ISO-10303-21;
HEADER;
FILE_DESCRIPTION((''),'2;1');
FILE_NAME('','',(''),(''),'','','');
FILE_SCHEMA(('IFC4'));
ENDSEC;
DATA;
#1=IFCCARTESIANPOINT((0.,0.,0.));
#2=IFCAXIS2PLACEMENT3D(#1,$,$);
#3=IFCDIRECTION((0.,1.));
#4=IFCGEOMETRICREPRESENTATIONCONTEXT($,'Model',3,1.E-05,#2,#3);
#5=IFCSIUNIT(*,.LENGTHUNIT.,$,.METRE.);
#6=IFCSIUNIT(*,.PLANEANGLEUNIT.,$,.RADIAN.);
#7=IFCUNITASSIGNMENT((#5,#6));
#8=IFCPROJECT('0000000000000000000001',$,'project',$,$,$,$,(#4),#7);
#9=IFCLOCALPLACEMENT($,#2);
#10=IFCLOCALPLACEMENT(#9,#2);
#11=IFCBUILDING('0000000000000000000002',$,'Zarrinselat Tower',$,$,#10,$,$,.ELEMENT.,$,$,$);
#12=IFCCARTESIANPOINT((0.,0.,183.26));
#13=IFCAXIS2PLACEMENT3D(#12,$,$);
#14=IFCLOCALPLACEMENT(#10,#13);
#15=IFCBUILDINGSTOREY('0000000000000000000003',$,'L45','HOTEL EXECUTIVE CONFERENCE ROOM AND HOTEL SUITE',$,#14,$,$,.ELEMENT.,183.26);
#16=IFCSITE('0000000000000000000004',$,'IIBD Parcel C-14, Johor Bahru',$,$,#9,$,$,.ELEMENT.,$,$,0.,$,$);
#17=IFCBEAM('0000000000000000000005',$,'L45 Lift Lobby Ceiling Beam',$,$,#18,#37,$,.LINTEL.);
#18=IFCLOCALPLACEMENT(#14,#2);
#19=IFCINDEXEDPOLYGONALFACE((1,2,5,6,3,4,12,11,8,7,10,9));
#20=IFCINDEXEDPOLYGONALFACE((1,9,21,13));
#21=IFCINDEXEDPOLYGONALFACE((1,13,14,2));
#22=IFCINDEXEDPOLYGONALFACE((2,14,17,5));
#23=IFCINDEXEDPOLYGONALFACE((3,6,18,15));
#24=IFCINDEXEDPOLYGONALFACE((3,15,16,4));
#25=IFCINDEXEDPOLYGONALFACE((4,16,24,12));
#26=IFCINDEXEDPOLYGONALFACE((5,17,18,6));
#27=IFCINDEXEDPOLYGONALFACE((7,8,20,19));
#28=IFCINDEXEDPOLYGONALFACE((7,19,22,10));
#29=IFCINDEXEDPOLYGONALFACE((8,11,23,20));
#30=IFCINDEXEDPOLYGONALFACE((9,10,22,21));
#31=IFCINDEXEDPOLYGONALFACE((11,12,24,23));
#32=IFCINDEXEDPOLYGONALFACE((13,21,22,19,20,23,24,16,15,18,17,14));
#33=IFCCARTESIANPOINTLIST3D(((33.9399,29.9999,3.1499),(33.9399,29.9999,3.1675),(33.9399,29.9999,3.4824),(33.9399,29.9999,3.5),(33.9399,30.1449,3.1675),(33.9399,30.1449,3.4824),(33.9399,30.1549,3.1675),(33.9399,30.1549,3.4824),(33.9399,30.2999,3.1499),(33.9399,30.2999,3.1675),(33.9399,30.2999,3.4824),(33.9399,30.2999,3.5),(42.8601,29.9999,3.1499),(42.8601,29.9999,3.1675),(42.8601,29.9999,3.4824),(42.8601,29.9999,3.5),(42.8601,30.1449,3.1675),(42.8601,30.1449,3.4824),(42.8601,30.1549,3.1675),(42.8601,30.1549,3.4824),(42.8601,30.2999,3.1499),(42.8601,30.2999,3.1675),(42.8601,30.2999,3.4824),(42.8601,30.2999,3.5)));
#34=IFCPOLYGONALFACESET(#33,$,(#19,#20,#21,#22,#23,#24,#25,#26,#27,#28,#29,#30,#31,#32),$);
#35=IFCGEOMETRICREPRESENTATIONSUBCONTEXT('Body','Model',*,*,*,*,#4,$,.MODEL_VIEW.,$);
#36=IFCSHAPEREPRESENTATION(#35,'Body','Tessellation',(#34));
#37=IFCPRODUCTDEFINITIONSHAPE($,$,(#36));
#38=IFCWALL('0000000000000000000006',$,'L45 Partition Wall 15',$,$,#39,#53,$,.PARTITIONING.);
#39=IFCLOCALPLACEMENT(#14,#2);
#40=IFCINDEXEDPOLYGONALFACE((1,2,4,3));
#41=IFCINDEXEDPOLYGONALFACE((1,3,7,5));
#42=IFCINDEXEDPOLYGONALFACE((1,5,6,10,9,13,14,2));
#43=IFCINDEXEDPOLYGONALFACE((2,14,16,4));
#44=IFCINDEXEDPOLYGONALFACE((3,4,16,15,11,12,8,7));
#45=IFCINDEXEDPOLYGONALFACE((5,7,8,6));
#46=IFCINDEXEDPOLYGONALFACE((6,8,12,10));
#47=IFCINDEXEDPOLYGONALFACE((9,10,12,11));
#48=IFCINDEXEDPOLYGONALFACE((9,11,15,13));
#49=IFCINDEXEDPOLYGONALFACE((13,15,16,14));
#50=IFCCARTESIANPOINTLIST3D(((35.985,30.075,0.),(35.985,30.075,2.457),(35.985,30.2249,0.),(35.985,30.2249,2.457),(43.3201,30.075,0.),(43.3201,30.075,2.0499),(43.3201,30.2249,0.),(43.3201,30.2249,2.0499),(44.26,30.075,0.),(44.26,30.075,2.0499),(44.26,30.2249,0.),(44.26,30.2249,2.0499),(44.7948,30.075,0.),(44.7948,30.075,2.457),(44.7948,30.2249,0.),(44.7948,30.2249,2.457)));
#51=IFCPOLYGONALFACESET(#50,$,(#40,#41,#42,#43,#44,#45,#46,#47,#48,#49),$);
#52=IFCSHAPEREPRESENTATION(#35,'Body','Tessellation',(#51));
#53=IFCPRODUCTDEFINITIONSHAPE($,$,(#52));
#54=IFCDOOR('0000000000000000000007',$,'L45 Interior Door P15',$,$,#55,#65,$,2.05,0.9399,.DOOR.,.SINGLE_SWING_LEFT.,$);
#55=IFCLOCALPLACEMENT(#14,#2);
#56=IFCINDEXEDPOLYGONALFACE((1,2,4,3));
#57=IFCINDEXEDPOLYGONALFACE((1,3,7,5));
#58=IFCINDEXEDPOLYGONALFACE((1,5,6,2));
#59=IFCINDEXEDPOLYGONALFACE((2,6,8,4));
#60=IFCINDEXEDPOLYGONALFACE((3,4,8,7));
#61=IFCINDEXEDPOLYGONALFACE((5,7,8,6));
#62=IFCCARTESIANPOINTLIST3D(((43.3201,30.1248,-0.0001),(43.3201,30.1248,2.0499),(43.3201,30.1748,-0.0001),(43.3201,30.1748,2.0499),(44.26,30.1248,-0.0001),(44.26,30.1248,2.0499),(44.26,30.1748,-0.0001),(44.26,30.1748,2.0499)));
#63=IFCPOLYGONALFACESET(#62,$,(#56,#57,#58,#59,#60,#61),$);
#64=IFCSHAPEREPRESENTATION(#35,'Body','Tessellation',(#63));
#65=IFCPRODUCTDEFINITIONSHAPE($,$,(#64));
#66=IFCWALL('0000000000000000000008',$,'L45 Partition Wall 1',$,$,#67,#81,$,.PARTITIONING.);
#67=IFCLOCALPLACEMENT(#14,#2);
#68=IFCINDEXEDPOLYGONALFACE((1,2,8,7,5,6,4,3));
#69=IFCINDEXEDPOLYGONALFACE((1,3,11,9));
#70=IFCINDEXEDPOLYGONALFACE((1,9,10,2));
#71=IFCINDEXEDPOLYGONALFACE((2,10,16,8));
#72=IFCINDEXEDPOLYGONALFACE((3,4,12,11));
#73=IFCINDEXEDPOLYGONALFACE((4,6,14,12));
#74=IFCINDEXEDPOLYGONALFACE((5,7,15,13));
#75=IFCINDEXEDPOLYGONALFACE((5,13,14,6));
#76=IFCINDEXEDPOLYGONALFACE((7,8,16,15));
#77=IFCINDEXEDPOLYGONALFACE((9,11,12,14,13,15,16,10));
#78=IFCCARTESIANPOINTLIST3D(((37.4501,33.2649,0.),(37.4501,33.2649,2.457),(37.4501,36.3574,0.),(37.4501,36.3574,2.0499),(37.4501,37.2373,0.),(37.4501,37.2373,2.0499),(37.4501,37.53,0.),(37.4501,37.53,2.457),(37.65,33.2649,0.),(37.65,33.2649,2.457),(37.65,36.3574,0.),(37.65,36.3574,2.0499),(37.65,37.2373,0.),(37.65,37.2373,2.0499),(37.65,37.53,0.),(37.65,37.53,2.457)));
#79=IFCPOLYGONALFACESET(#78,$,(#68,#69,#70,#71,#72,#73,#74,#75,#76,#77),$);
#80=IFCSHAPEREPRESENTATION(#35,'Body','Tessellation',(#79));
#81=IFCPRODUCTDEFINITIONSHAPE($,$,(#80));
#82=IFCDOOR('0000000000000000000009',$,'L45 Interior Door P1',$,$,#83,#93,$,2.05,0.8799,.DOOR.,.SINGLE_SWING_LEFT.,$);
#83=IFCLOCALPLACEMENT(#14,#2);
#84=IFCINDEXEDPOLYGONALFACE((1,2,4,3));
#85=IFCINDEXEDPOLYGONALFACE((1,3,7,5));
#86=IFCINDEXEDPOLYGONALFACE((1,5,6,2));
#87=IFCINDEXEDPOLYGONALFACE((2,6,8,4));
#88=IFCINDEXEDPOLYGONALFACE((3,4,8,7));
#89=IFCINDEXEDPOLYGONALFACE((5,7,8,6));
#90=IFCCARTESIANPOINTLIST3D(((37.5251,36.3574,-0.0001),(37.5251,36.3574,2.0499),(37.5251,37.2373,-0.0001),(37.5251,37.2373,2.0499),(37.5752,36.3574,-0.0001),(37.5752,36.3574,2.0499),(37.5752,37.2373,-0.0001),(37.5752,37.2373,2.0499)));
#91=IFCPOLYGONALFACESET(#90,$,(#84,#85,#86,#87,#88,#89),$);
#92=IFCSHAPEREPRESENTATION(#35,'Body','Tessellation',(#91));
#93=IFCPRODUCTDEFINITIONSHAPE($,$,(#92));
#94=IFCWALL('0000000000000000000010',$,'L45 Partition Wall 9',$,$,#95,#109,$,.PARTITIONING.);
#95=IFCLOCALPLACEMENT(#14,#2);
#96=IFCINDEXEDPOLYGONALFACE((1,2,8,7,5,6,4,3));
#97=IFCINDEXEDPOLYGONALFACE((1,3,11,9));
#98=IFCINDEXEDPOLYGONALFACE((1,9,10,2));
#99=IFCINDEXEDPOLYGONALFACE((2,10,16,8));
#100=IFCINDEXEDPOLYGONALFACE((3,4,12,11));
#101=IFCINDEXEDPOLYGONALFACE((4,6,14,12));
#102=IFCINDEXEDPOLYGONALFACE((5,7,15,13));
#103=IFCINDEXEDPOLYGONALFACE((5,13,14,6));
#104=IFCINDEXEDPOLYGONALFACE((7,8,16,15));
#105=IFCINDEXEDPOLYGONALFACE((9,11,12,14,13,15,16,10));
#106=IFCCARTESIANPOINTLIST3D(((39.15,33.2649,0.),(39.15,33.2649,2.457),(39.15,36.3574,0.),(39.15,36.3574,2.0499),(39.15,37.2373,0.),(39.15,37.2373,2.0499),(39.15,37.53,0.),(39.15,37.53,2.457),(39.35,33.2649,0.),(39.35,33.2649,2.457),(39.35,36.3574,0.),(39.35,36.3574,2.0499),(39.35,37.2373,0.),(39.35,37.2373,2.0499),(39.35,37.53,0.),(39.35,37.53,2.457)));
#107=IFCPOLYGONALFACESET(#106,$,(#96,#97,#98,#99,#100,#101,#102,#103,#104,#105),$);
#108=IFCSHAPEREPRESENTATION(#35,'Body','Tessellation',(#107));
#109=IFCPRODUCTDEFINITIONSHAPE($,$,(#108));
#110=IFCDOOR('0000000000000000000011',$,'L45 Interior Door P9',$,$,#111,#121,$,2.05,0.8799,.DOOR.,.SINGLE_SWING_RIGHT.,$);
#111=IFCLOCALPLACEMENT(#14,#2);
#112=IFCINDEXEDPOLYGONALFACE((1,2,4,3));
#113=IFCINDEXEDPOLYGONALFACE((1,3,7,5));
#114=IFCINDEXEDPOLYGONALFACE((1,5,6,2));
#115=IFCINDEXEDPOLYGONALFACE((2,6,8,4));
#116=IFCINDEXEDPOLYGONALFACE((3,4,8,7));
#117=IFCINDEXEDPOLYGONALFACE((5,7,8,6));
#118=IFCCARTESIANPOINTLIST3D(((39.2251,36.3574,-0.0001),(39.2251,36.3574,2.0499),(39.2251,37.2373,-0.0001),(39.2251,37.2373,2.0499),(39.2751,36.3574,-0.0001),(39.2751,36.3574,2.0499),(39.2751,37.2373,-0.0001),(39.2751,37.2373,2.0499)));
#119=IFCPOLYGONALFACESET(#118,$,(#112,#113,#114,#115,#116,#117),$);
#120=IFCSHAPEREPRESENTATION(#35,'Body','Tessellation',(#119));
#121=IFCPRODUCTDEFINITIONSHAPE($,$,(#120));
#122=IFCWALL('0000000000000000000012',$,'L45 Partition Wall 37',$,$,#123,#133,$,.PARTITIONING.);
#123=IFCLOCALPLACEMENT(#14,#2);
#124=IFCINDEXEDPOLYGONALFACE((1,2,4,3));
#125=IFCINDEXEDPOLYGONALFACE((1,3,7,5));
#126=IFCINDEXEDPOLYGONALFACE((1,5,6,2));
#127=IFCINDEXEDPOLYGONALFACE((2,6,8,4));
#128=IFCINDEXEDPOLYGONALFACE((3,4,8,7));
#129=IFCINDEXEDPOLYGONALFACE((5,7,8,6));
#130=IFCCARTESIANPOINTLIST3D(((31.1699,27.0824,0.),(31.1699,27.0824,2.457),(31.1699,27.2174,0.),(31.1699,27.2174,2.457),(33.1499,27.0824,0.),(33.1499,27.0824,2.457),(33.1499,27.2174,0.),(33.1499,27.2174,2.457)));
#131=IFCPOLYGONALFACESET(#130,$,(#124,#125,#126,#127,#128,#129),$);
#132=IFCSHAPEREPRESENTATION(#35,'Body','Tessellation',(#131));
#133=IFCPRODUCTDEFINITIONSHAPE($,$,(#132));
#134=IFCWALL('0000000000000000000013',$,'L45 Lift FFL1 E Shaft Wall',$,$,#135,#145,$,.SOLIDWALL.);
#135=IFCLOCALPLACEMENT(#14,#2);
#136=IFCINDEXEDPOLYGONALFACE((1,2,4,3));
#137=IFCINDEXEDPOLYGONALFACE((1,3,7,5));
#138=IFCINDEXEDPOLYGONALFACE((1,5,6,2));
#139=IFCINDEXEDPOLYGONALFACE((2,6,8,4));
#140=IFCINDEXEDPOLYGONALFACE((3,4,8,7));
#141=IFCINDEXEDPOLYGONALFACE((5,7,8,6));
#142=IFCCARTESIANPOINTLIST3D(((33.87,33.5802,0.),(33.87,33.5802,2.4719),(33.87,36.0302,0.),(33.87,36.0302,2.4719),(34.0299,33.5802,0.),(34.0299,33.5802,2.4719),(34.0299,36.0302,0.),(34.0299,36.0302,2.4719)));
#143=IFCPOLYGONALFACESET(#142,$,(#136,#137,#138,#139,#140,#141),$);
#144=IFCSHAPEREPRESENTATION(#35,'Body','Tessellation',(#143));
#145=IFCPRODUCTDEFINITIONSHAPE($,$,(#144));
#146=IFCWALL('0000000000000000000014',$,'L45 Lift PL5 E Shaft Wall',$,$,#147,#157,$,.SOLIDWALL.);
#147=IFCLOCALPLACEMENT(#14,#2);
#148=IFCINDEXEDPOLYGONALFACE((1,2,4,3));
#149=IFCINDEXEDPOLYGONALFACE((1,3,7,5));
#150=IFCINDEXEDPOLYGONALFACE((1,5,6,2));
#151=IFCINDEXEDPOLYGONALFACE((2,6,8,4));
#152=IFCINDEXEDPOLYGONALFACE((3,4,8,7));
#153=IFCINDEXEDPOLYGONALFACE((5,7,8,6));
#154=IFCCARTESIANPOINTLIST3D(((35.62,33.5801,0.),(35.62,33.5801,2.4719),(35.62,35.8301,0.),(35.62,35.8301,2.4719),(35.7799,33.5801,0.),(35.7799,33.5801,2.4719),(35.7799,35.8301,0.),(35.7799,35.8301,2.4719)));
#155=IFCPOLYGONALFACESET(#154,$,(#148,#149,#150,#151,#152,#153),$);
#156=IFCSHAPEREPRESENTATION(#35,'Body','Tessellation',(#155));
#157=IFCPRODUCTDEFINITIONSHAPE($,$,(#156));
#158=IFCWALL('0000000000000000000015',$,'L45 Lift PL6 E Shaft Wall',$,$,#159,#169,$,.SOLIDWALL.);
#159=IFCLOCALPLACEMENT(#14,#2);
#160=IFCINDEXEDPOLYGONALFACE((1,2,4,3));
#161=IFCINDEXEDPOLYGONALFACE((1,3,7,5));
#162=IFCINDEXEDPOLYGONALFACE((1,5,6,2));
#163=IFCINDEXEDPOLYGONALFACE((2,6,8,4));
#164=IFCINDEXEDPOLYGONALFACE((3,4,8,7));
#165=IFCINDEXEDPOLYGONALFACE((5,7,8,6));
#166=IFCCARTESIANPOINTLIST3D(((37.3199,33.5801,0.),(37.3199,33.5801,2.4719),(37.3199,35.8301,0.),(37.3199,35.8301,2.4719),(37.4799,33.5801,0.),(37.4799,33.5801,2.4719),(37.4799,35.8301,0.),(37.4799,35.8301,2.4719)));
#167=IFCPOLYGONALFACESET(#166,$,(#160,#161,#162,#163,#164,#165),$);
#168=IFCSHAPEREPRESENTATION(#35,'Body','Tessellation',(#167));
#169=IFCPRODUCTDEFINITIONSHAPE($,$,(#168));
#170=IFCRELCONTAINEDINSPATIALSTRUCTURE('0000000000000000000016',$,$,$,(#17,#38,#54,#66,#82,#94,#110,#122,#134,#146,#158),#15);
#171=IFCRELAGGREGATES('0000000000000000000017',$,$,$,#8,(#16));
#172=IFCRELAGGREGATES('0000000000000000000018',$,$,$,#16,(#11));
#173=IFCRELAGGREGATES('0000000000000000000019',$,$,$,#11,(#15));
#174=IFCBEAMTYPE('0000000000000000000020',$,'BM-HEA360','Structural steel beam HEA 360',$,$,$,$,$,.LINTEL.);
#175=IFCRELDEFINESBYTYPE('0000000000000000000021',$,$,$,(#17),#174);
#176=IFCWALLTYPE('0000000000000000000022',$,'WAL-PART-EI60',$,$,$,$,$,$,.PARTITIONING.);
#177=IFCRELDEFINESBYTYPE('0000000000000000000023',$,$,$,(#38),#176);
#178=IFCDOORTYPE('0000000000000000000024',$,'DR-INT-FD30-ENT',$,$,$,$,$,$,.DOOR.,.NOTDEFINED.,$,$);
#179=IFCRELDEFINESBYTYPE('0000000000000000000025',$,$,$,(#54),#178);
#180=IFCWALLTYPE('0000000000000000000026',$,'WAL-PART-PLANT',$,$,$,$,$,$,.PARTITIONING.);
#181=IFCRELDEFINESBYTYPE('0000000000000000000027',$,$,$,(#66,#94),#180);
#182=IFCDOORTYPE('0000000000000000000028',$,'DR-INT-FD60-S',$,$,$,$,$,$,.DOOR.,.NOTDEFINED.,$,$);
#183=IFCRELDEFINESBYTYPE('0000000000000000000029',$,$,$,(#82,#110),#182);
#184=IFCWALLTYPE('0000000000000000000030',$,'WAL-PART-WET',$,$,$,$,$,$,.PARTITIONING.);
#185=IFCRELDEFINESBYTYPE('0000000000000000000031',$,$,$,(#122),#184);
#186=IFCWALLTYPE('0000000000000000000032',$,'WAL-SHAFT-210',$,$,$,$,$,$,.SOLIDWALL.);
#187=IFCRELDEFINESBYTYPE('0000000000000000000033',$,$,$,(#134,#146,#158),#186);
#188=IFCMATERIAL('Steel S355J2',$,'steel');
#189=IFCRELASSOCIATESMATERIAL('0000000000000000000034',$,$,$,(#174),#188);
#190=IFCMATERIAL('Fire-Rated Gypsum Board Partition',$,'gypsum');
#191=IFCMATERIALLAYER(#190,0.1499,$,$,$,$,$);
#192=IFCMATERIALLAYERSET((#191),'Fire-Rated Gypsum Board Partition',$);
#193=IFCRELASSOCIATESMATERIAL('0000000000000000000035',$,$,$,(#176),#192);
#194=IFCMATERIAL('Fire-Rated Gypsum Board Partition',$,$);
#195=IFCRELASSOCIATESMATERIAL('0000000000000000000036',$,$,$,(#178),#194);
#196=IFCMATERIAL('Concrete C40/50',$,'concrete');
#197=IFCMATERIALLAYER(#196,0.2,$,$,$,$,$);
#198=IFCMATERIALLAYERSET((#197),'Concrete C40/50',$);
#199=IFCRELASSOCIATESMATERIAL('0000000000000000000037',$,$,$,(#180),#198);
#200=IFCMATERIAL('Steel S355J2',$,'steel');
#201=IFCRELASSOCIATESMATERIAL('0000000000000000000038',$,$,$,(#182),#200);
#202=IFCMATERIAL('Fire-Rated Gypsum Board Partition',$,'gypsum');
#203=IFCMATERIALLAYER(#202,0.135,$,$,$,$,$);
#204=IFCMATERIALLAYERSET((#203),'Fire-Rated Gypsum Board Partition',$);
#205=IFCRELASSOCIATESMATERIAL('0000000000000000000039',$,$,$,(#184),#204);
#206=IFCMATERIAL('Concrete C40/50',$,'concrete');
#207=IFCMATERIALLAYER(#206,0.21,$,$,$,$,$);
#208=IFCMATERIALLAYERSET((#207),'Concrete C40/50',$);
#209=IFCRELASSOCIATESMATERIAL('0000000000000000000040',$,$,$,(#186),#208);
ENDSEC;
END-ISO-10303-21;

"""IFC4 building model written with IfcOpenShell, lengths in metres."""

from ifc_helpers import new_model, si_unit, direction, frame, frame_2d, origin, origin_2d, place, context, subcontext, project, spatial, rectangle, i_section, extrude, material, layer, layer_set, material_profile, profile_set, type_object, element, fill, save


model = new_model("IFC4")

# Units and contexts
model_context = context("Model", 3, precision=1e-05, world=origin(), true_north=direction((0.0, 1.0)))
body_context = subcontext(model_context, "Body", "Model", "MODEL_VIEW")
ifc_project = project(units=[si_unit("LENGTHUNIT", "METRE"), si_unit("PLANEANGLEUNIT", "RADIAN")], contexts=[model_context])

# Site, building, storey
site_placement = place(None, origin())
site = spatial("IfcSite", under=ifc_project, at=site_placement, Name="IIBD Parcel C-14, Johor Bahru", CompositionType="ELEMENT", RefElevation=0.0)
building_placement = place(site_placement, origin())
building = spatial("IfcBuilding", under=site, at=building_placement, Name="Zarrinselat Tower", CompositionType="ELEMENT")
storey_placement = place(building_placement, frame((0.0, 0.0, 183.26)))
storey = spatial("IfcBuildingStorey", under=building, at=storey_placement, Name="L45", Description="HOTEL EXECUTIVE CONFERENCE ROOM AND HOTEL SUITE", CompositionType="ELEMENT", Elevation=183.26)

# Beam
ifc_material_1 = material(Name="Steel S355J2", Category="steel")
ifc_material_profile = material_profile(ifc_material_1, i_section(OverallWidth=0.3, OverallDepth=0.3501, WebThickness=0.01, FlangeThickness=0.0176, at=origin_2d()), Name="HEA 360")
ifc_profile_set = profile_set([ifc_material_profile], Name="Steel S355J2")
beam_type = type_object("IfcBeamType", Name="BM-HEA360", Description="Structural steel beam HEA 360", PredefinedType="LINTEL", material=ifc_profile_set)
beam_placement = place(storey_placement, frame((33.9399, 30.1499, 3.325), z_axis=(1.0, 0.0, 0.0), x_axis=(0.0, 1.0, 0.0)))
element("IfcBeam", 1, at=beam_placement, inside=storey, type_object=beam_type, Name="L45 Lift Lobby Ceiling Beam", PredefinedType="LINTEL", context=body_context, shape_type="SweptSolid", body=[
    extrude(i_section(OverallWidth=0.3, OverallDepth=0.3501, WebThickness=0.01, FlangeThickness=0.0176, at=origin_2d()), origin(), (0.0, 0.0, 1.0), 8.9202),
])

# Walls, openings, doors
ifc_material_2 = material(Name="Fire-Rated Gypsum Board Partition", Category="gypsum")
ifc_layer_1 = layer(ifc_material_2, 0.1499)
ifc_layer_set_1 = layer_set([ifc_layer_1], Name="Fire-Rated Gypsum Board Partition")
wall_type_1 = type_object("IfcWallType", Name="WAL-PART-EI60", PredefinedType="PARTITIONING", material=ifc_layer_set_1)
wall_1_placement = place(storey_placement, frame((35.9851, 30.1499, 0.0), z_axis=(0.0, 0.0, 1.0), x_axis=(1.0, 0.0, 0.0)))
wall_1 = element("IfcWall", 2, at=wall_1_placement, inside=storey, type_object=wall_type_1, Name="L45 Partition Wall 15", PredefinedType="PARTITIONING", context=body_context, shape_type="SweptSolid", body=[
    extrude(rectangle(XDim=8.8098, YDim=0.1499, at=frame_2d((4.4048, 0.0))), origin(), (0.0, 0.0, 1.0), 2.457),
])
opening_1_placement = place(wall_1_placement, frame((7.335, 0.0, 0.0)))
opening_1 = element("IfcOpeningElement", 3, at=opening_1_placement, cuts=wall_1, PredefinedType="OPENING", context=body_context, shape_type="SweptSolid", body=[
    extrude(rectangle(XDim=0.9399, YDim=2.05, at=frame_2d((0.47, 1.0249))), frame((0.0, 0.085, 0.0), z_axis=(0.0, -1.0, 0.0), x_axis=(1.0, 0.0, 0.0)), (0.0, 0.0, 1.0), 0.1699),
])
ifc_material_3 = material(Name="Fire-Rated Gypsum Board Partition")
door_type_1 = type_object("IfcDoorType", Name="DR-INT-FD30-ENT", OperationType="NOTDEFINED", PredefinedType="DOOR", material=ifc_material_3)
door_1_placement = place(opening_1_placement, origin())
door_1 = element("IfcDoor", 4, at=door_1_placement, inside=storey, type_object=door_type_1, Name="L45 Interior Door P15", OperationType="SINGLE_SWING_LEFT", OverallHeight=2.05, OverallWidth=0.9399, PredefinedType="DOOR", context=body_context, shape_type="SweptSolid", body=[
    extrude(rectangle(XDim=0.9399, YDim=2.05, at=frame_2d((0.47, 1.0249))), frame((0.0, 0.0249, 0.0), z_axis=(0.0, -1.0, 0.0), x_axis=(1.0, 0.0, 0.0)), (0.0, 0.0, 1.0), 0.05),
])
fill(opening_1, door_1)
ifc_material_4 = material(Name="Concrete C40/50", Category="concrete")
ifc_layer_2 = layer(ifc_material_4, 0.2)
ifc_layer_set_2 = layer_set([ifc_layer_2], Name="Concrete C40/50")
wall_type_2 = type_object("IfcWallType", Name="WAL-PART-PLANT", PredefinedType="PARTITIONING", material=ifc_layer_set_2)
wall_2_placement = place(storey_placement, frame((37.55, 33.2649, 0.0), z_axis=(0.0, 0.0, 1.0), x_axis=(0.0, 1.0, 0.0)))
wall_2 = element("IfcWall", 5, at=wall_2_placement, inside=storey, type_object=wall_type_2, Name="L45 Partition Wall 1", PredefinedType="PARTITIONING", context=body_context, shape_type="SweptSolid", body=[
    extrude(rectangle(XDim=4.2651, YDim=0.2, at=frame_2d((2.1326, 0.0))), origin(), (0.0, 0.0, 1.0), 2.457),
])
opening_2_placement = place(wall_2_placement, frame((3.0925, 0.0, 0.0)))
opening_2 = element("IfcOpeningElement", 6, at=opening_2_placement, cuts=wall_2, PredefinedType="OPENING", context=body_context, shape_type="SweptSolid", body=[
    extrude(rectangle(XDim=0.8799, YDim=2.05, at=frame_2d((0.4399, 1.0249))), frame((0.0, 0.1099, 0.0), z_axis=(0.0, -1.0, 0.0), x_axis=(1.0, 0.0, 0.0)), (0.0, 0.0, 1.0), 0.22),
])
ifc_material_5 = material(Name="Steel S355J2", Category="steel")
door_type_2 = type_object("IfcDoorType", Name="DR-INT-FD60-S", OperationType="NOTDEFINED", PredefinedType="DOOR", material=ifc_material_5)
door_2_placement = place(opening_2_placement, origin())
door_2 = element("IfcDoor", 7, at=door_2_placement, inside=storey, type_object=door_type_2, Name="L45 Interior Door P1", OperationType="SINGLE_SWING_LEFT", OverallHeight=2.05, OverallWidth=0.8799, PredefinedType="DOOR", context=body_context, shape_type="SweptSolid", body=[
    extrude(rectangle(XDim=0.8799, YDim=2.05, at=frame_2d((0.4399, 1.0249))), frame((0.0, 0.0249, 0.0), z_axis=(0.0, -1.0, 0.0), x_axis=(1.0, 0.0, 0.0)), (0.0, 0.0, 1.0), 0.05),
])
fill(opening_2, door_2)
wall_3_placement = place(storey_placement, frame((39.25, 33.2649, 0.0), z_axis=(0.0, 0.0, 1.0), x_axis=(0.0, 1.0, 0.0)))
wall_3 = element("IfcWall", 8, at=wall_3_placement, inside=storey, type_object=wall_type_2, Name="L45 Partition Wall 9", PredefinedType="PARTITIONING", context=body_context, shape_type="SweptSolid", body=[
    extrude(rectangle(XDim=4.2651, YDim=0.2, at=frame_2d((2.1326, 0.0))), origin(), (0.0, 0.0, 1.0), 2.457),
])
opening_3_placement = place(wall_3_placement, frame((3.0925, 0.0, 0.0)))
opening_3 = element("IfcOpeningElement", 9, at=opening_3_placement, cuts=wall_3, PredefinedType="OPENING", context=body_context, shape_type="SweptSolid", body=[
    extrude(rectangle(XDim=0.8799, YDim=2.05, at=frame_2d((0.4399, 1.0249))), frame((0.0, 0.1099, 0.0), z_axis=(0.0, -1.0, 0.0), x_axis=(1.0, 0.0, 0.0)), (0.0, 0.0, 1.0), 0.22),
])
door_3_placement = place(opening_3_placement, origin())
door_3 = element("IfcDoor", 10, at=door_3_placement, inside=storey, type_object=door_type_2, Name="L45 Interior Door P9", OperationType="SINGLE_SWING_RIGHT", OverallHeight=2.05, OverallWidth=0.8799, PredefinedType="DOOR", context=body_context, shape_type="SweptSolid", body=[
    extrude(rectangle(XDim=0.8799, YDim=2.05, at=frame_2d((0.4399, 1.0249))), frame((0.0, 0.0249, 0.0), z_axis=(0.0, -1.0, 0.0), x_axis=(1.0, 0.0, 0.0)), (0.0, 0.0, 1.0), 0.05),
])
fill(opening_3, door_3)

# Walls
ifc_material_6 = material(Name="Fire-Rated Gypsum Board Partition", Category="gypsum")
ifc_layer_3 = layer(ifc_material_6, 0.135)
ifc_layer_set_3 = layer_set([ifc_layer_3], Name="Fire-Rated Gypsum Board Partition")
wall_type_3 = type_object("IfcWallType", Name="WAL-PART-WET", PredefinedType="PARTITIONING", material=ifc_layer_set_3)
wall_4_placement = place(storey_placement, frame((31.1699, 27.1499, 0.0), z_axis=(0.0, 0.0, 1.0), x_axis=(1.0, 0.0, 0.0)))
element("IfcWall", 11, at=wall_4_placement, inside=storey, type_object=wall_type_3, Name="L45 Partition Wall 37", PredefinedType="PARTITIONING", context=body_context, shape_type="SweptSolid", body=[
    extrude(rectangle(XDim=1.98, YDim=0.135, at=frame_2d((0.99, 0.0))), origin(), (0.0, 0.0, 1.0), 2.457),
])
ifc_material_7 = material(Name="Concrete C40/50", Category="concrete")
ifc_layer_4 = layer(ifc_material_7, 0.21)
ifc_layer_set_4 = layer_set([ifc_layer_4], Name="Concrete C40/50")
wall_type_4 = type_object("IfcWallType", Name="WAL-SHAFT-210", PredefinedType="SOLIDWALL", material=ifc_layer_set_4)
wall_5_placement = place(storey_placement, frame((33.95, 33.5801, 0.0), z_axis=(0.0, 0.0, 1.0), x_axis=(0.0, 1.0, 0.0)))
element("IfcWall", 12, at=wall_5_placement, inside=storey, type_object=wall_type_4, Name="L45 Lift FFL1 E Shaft Wall", PredefinedType="SOLIDWALL", context=body_context, shape_type="SweptSolid", body=[
    extrude(rectangle(XDim=2.45, YDim=0.1599, at=frame_2d((1.2251, 0.0))), origin(), (0.0, 0.0, 1.0), 2.4719),
])
for number, where, z_axis, x_axis, name in (
    (13, (35.7, 33.5801, 0.0), (0.0, 0.0, 1.0), (0.0, 1.0, 0.0), "L45 Lift PL5 E Shaft Wall"),
    (14, (37.3999, 33.5801, 0.0), (0.0, 0.0, 1.0), (0.0, 1.0, 0.0), "L45 Lift PL6 E Shaft Wall"),
):
    element("IfcWall", number, at=place(storey_placement, frame(where, z_axis=z_axis, x_axis=x_axis)), inside=storey, type_object=wall_type_4, Name=name, PredefinedType="SOLIDWALL", context=body_context, shape_type="SweptSolid", body=[
        extrude(rectangle(XDim=2.25, YDim=0.1599, at=frame_2d((1.125, 0.0))), origin(), (0.0, 0.0, 1.0), 2.4719),
    ])

save(model, "model.ifc")
